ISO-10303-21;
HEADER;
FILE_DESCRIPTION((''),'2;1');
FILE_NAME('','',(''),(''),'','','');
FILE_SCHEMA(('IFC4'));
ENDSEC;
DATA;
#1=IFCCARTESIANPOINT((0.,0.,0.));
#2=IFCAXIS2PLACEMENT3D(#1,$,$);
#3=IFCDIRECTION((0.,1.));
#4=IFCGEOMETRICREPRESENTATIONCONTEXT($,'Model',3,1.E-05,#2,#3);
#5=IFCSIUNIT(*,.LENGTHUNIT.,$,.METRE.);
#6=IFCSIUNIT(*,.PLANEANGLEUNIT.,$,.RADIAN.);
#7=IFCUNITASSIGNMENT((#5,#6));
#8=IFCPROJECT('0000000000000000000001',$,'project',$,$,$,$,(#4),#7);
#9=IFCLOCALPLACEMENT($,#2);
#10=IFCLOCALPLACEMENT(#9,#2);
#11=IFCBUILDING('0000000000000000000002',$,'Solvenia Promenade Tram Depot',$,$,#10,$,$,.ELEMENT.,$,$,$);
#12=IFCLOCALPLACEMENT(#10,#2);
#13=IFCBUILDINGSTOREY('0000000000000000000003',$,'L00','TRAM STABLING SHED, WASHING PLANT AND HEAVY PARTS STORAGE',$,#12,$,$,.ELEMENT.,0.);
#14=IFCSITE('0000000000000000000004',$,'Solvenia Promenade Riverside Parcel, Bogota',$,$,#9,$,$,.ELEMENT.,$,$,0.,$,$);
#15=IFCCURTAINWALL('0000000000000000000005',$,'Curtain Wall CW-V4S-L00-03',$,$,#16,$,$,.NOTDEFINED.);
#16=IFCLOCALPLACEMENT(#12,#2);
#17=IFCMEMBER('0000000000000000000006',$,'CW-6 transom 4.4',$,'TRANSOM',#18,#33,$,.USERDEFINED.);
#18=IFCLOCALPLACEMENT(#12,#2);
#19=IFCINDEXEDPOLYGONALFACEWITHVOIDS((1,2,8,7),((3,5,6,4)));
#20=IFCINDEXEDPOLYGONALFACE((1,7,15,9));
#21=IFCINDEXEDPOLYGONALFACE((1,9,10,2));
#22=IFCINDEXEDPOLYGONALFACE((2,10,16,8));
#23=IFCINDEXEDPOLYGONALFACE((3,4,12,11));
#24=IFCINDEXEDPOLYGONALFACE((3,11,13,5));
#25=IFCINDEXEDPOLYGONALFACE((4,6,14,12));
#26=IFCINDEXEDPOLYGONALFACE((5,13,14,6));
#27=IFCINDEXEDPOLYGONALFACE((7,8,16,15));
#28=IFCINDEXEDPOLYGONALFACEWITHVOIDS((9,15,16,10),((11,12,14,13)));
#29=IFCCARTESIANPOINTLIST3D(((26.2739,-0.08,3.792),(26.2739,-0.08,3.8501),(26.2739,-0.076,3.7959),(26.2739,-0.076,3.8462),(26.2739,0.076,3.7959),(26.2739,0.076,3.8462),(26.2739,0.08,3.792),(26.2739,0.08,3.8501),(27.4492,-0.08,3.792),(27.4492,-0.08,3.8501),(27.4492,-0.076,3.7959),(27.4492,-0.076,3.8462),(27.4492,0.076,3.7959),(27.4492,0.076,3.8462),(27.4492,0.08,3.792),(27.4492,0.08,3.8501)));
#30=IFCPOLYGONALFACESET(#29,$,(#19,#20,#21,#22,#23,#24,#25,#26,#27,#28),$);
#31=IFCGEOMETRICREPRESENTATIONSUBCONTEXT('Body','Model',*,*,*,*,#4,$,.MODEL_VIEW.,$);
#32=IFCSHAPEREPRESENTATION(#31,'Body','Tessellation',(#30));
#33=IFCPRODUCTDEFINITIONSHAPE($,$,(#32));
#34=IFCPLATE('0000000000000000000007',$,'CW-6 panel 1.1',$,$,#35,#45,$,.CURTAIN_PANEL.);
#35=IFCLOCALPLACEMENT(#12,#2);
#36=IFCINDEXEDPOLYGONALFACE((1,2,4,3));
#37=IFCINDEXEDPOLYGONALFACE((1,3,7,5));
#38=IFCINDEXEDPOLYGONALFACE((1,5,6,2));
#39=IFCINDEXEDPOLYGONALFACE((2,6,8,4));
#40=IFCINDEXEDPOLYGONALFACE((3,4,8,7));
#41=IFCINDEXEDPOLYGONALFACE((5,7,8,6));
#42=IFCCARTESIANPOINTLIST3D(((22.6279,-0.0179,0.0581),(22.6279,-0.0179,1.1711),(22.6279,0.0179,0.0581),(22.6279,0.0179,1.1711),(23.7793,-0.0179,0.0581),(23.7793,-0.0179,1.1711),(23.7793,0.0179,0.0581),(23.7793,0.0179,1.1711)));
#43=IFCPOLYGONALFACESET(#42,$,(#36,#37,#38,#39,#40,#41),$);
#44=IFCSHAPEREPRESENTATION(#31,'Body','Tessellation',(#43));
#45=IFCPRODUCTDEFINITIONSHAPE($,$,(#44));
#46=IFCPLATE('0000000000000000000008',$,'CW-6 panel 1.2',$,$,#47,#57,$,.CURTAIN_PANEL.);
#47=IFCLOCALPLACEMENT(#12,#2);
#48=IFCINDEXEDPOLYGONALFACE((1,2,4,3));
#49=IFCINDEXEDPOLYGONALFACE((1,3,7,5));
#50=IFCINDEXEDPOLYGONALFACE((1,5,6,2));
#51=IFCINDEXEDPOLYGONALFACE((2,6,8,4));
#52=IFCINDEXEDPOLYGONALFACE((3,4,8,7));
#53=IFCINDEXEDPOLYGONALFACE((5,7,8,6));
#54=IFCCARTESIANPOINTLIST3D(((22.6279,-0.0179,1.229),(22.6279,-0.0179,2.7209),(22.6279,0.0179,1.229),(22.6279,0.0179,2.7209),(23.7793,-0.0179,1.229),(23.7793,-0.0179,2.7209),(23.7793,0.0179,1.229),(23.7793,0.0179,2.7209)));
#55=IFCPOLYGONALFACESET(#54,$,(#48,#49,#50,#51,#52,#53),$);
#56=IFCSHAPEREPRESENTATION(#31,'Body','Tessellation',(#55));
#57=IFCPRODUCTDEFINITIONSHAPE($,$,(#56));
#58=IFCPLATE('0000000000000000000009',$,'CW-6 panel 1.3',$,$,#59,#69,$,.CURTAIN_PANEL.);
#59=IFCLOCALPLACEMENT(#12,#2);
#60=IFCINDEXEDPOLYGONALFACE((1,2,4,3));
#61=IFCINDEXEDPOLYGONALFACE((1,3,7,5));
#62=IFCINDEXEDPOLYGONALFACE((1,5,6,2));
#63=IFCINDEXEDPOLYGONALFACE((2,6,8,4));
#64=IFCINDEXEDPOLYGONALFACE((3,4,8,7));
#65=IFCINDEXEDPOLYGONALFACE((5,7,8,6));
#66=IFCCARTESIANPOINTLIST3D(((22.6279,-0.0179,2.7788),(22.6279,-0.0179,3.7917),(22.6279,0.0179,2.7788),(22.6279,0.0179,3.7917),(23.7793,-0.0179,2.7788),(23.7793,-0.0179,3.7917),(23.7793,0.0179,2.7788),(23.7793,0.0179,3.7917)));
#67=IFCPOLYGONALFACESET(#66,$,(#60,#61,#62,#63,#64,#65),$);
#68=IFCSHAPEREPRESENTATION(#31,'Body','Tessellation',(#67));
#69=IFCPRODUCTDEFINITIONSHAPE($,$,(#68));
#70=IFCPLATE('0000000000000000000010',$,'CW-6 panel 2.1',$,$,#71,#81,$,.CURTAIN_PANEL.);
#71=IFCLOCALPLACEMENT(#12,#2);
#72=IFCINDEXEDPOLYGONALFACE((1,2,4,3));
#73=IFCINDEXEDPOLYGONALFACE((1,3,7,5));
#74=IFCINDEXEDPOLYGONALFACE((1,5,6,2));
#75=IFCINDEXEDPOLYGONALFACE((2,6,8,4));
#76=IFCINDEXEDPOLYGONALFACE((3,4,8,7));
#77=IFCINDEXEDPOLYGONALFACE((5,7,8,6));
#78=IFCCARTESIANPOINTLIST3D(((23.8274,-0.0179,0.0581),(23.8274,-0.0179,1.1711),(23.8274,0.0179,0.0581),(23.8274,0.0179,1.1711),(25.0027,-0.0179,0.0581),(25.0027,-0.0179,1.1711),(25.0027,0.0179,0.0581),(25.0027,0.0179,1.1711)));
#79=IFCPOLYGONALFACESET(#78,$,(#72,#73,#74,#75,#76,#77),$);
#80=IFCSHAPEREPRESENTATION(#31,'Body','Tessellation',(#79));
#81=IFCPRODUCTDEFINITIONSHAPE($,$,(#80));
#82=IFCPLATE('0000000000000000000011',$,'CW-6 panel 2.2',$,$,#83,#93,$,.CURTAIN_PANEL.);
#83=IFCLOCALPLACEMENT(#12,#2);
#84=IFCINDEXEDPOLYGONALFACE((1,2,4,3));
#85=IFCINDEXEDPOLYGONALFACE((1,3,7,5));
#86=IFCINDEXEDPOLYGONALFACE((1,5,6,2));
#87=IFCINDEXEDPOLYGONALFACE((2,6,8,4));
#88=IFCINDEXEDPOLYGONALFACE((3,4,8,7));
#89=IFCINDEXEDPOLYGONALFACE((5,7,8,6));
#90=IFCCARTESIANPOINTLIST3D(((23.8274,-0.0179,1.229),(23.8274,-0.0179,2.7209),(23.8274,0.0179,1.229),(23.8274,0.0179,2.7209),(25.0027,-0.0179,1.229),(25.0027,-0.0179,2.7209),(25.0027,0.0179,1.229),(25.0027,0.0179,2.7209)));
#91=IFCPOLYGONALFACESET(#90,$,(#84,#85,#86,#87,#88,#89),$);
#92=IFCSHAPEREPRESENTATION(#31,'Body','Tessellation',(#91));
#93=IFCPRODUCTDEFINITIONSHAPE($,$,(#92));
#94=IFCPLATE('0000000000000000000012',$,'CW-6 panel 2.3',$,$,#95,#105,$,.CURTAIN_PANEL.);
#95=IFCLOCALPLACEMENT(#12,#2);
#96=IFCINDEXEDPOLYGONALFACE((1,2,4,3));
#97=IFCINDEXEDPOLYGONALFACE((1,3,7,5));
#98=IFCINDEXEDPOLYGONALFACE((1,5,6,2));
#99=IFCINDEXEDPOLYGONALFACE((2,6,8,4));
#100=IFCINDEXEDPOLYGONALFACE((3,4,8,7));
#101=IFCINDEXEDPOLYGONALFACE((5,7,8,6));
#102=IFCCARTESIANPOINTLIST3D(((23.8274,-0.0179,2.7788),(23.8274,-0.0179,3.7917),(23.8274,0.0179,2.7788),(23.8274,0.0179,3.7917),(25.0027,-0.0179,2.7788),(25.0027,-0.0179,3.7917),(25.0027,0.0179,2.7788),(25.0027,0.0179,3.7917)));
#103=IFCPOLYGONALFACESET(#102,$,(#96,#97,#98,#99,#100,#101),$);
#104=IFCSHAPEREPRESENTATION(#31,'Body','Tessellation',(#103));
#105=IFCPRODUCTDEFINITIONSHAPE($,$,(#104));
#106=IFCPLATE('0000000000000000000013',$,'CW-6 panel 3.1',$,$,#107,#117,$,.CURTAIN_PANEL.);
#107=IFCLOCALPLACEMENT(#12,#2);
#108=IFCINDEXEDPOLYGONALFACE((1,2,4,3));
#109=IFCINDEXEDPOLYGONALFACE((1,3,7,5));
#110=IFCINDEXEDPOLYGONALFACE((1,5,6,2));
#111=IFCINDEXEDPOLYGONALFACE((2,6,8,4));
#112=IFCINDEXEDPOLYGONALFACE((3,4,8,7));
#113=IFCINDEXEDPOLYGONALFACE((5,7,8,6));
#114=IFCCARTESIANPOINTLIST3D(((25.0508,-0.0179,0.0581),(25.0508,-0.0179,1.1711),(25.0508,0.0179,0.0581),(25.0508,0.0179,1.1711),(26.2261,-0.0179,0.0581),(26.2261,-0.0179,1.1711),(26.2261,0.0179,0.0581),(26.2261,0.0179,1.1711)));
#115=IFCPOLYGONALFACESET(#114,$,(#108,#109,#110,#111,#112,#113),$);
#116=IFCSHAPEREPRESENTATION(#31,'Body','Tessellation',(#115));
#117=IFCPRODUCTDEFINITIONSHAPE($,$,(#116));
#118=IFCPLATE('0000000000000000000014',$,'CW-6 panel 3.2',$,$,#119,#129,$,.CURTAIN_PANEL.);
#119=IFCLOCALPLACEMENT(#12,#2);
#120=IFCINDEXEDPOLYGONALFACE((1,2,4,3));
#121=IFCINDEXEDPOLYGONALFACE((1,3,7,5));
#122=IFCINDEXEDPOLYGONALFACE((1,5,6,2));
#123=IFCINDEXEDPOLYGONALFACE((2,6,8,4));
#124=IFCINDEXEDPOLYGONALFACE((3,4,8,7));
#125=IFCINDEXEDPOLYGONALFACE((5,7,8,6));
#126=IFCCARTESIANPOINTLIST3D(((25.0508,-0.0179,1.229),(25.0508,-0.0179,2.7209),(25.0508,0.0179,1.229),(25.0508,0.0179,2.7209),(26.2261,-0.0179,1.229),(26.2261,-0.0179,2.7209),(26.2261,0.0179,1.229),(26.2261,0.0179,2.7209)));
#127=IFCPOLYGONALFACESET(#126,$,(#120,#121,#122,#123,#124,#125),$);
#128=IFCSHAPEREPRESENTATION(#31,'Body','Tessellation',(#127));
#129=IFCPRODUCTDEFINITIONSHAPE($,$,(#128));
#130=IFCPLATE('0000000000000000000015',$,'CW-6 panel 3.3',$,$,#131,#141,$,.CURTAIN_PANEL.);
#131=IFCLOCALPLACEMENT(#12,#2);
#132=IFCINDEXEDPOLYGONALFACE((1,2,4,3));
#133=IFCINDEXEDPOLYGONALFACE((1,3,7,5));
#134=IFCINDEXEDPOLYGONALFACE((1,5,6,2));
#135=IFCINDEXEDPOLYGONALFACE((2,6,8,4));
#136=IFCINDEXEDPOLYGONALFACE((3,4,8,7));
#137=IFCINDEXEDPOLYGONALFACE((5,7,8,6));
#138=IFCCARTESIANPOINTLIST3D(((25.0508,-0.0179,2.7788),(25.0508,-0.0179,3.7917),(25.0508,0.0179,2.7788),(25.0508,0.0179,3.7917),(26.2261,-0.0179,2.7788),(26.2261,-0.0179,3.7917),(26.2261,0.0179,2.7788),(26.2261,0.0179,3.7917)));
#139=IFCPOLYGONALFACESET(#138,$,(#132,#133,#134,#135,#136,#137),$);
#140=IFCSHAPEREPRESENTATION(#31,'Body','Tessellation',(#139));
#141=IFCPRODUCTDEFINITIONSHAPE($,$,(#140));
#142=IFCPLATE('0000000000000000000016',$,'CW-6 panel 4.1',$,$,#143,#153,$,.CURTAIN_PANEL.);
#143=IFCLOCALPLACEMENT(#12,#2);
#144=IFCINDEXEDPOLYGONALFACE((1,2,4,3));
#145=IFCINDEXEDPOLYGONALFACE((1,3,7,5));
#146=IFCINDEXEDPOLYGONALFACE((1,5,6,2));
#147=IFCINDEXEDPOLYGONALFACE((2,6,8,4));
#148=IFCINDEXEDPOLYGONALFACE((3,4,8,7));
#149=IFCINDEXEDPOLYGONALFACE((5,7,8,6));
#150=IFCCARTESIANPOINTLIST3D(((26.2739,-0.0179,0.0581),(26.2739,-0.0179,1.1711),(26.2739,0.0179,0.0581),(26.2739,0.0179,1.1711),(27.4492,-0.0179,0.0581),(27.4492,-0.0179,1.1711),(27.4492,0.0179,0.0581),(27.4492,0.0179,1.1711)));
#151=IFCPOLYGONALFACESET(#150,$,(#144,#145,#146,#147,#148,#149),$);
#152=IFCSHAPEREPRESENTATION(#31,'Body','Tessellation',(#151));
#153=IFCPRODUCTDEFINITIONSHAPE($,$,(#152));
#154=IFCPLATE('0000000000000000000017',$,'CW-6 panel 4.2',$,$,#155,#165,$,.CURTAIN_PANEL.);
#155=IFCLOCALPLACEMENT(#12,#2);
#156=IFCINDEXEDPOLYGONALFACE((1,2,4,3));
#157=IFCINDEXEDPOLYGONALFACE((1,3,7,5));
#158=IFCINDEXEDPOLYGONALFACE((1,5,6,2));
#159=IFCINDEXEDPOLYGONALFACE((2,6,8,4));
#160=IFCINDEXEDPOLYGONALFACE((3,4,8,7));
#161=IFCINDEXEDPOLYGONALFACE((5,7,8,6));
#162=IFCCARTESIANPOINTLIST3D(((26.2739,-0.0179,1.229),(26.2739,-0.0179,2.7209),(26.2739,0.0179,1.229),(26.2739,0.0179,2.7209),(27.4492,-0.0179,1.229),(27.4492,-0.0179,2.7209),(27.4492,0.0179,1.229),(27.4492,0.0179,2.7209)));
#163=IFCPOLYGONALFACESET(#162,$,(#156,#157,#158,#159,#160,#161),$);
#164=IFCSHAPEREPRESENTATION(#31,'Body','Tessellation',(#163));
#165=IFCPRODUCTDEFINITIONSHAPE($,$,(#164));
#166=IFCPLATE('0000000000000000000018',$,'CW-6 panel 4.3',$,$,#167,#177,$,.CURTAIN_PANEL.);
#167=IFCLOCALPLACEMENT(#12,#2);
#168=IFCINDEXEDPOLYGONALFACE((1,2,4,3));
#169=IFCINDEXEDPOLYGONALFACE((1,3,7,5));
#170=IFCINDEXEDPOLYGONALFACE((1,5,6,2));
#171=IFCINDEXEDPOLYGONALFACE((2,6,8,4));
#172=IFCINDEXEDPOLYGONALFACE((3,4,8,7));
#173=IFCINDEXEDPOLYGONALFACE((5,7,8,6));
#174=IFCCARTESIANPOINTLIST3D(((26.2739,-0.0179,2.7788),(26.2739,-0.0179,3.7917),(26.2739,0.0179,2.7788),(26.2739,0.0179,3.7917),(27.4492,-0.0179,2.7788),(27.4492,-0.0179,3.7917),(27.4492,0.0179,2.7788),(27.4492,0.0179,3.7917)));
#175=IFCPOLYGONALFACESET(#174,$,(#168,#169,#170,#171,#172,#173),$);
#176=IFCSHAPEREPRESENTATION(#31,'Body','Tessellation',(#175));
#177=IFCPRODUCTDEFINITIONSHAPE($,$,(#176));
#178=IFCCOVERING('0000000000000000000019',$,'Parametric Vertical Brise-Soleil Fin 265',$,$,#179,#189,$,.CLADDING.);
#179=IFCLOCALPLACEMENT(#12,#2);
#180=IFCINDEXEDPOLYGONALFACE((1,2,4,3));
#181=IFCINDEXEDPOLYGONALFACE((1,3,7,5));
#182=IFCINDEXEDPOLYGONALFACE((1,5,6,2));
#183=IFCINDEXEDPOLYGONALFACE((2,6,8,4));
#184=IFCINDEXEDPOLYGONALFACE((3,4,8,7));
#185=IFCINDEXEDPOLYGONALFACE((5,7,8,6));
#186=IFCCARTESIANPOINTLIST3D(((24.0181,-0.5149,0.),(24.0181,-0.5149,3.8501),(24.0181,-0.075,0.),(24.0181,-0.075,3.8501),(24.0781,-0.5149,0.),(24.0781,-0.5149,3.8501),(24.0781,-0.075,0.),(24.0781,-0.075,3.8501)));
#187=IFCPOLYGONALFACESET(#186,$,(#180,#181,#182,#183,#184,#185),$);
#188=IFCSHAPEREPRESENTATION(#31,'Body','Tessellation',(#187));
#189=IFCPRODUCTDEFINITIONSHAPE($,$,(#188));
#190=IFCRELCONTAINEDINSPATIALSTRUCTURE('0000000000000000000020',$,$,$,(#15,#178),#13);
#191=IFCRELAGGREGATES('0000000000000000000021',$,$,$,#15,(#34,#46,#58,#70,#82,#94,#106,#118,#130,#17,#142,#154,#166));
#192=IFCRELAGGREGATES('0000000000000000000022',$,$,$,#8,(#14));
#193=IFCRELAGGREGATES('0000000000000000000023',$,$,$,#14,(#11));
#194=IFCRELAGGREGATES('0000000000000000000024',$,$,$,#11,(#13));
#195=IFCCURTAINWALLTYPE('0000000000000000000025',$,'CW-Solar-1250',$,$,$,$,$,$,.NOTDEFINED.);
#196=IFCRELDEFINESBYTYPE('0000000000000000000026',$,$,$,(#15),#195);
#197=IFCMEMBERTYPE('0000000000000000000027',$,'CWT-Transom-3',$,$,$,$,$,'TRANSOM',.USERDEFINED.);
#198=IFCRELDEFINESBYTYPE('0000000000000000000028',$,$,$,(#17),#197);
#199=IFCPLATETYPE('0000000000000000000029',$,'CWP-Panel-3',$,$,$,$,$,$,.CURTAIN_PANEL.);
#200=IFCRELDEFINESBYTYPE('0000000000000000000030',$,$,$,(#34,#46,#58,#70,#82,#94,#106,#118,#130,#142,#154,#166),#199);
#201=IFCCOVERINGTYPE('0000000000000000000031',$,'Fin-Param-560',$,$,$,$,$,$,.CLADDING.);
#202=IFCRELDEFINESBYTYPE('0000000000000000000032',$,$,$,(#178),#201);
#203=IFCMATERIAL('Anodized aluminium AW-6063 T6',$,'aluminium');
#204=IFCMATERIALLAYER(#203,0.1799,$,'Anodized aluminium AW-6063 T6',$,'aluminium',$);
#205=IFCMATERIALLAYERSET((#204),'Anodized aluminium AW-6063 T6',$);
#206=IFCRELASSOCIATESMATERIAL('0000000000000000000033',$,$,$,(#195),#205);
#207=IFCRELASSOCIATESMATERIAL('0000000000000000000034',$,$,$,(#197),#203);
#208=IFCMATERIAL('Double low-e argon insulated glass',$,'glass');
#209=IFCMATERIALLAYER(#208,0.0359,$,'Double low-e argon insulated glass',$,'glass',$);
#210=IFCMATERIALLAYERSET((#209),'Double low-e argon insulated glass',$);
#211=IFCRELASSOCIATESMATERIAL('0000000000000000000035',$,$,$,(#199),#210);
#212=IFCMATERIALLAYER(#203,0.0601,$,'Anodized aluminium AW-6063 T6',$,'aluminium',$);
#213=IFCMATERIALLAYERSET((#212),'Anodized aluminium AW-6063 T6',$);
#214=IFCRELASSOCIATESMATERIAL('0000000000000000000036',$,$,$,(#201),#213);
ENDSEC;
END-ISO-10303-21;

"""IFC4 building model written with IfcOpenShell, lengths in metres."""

from ifc_helpers import new_model, si_unit, direction, frame, origin, origin_2d, place, context, subcontext, project, spatial, rectangle, hollow_rectangle, extrude, material, layer, layer_set, material_profile, profile_set, type_object, element, aggregate, save


model = new_model("IFC4")

# Units and contexts
model_context = context("Model", 3, precision=1e-05, world=origin(), true_north=direction((0.0, 1.0)))
body_context = subcontext(model_context, "Body", "Model", "MODEL_VIEW")
ifc_project = project(units=[si_unit("LENGTHUNIT", "METRE"), si_unit("PLANEANGLEUNIT", "RADIAN")], contexts=[model_context])

# Site, building, storey
site_placement = place(None, origin())
site = spatial("IfcSite", under=ifc_project, at=site_placement, Name="Solvenia Promenade Riverside Parcel, Bogota", CompositionType="ELEMENT", RefElevation=0.0)
building_placement = place(site_placement, origin())
building = spatial("IfcBuilding", under=site, at=building_placement, Name="Solvenia Promenade Tram Depot", CompositionType="ELEMENT")
storey_placement = place(building_placement, origin())
storey = spatial("IfcBuildingStorey", under=building, at=storey_placement, Name="L00", Description="TRAM STABLING SHED, WASHING PLANT AND HEAVY PARTS STORAGE", CompositionType="ELEMENT", Elevation=0.0)

# Curtain wall, member, plates
ifc_material_1 = material(Name="Anodized aluminium AW-6063 T6", Category="aluminium")
ifc_layer_1 = layer(ifc_material_1, 0.1799, Name="Anodized aluminium AW-6063 T6", Category="aluminium")
ifc_layer_set_1 = layer_set([ifc_layer_1], Name="Anodized aluminium AW-6063 T6")
curtain_wall_type = type_object("IfcCurtainWallType", Name="CW-Solar-1250", PredefinedType="NOTDEFINED", material=ifc_layer_set_1)
curtain_wall_placement = place(storey_placement, origin())
curtain_wall = element("IfcCurtainWall", 1, at=curtain_wall_placement, inside=storey, type_object=curtain_wall_type, Name="Curtain Wall CW-V4S-L00-03", PredefinedType="NOTDEFINED")
ifc_material_profile_1 = material_profile(ifc_material_1, hollow_rectangle(XDim=0.1599, YDim=0.0581, WallThickness=0.0039, at=origin_2d()), Name="ALU-T3", Category="aluminium")
ifc_profile_set_1 = profile_set([ifc_material_profile_1], Name="Anodized aluminium AW-6063 T6")
member_type_1 = type_object("IfcMemberType", Name="CWT-Transom-3", ElementType="TRANSOM", PredefinedType="USERDEFINED", material=ifc_profile_set_1)
member_1_placement = place(storey_placement, frame((26.2739, 0.0, 3.821), z_axis=(1.0, 0.0, 0.0), x_axis=(0.0, 1.0, 0.0)))
member_1 = element("IfcMember", 2, at=member_1_placement, type_object=member_type_1, Name="CW-6 transom 4.4", ObjectType="TRANSOM", PredefinedType="USERDEFINED", context=body_context, shape_type="SweptSolid", body=[
    extrude(hollow_rectangle(XDim=0.1599, YDim=0.0581, WallThickness=0.0039, at=origin_2d()), origin(), (0.0, 0.0, 1.0), 1.1753),
])
ifc_material_2 = material(Name="Double low-e argon insulated glass", Category="glass")
ifc_layer_2 = layer(ifc_material_2, 0.0359, Name="Double low-e argon insulated glass", Category="glass")
ifc_layer_set_2 = layer_set([ifc_layer_2], Name="Double low-e argon insulated glass")
plate_type = type_object("IfcPlateType", Name="CWP-Panel-3", PredefinedType="CURTAIN_PANEL", material=ifc_layer_set_2)
plate_1_placement = place(storey_placement, frame((23.2036, 0.0, 0.0581), z_axis=(0.0, 0.0, 1.0), x_axis=(1.0, 0.0, 0.0)))
plate_1 = element("IfcPlate", 3, at=plate_1_placement, type_object=plate_type, Name="CW-6 panel 1.1", PredefinedType="CURTAIN_PANEL", context=body_context, shape_type="SweptSolid", body=[
    extrude(rectangle(XDim=1.1514, YDim=0.0359, at=origin_2d()), origin(), (0.0, 0.0, 1.0), 1.113),
])
plate_2_placement = place(storey_placement, frame((23.2036, 0.0, 1.229), z_axis=(0.0, 0.0, 1.0), x_axis=(1.0, 0.0, 0.0)))
plate_2 = element("IfcPlate", 4, at=plate_2_placement, type_object=plate_type, Name="CW-6 panel 1.2", PredefinedType="CURTAIN_PANEL", context=body_context, shape_type="SweptSolid", body=[
    extrude(rectangle(XDim=1.1514, YDim=0.0359, at=origin_2d()), origin(), (0.0, 0.0, 1.0), 1.4919),
])
plate_3_placement = place(storey_placement, frame((23.2036, 0.0, 2.7788), z_axis=(0.0, 0.0, 1.0), x_axis=(1.0, 0.0, 0.0)))
plate_3 = element("IfcPlate", 5, at=plate_3_placement, type_object=plate_type, Name="CW-6 panel 1.3", PredefinedType="CURTAIN_PANEL", context=body_context, shape_type="SweptSolid", body=[
    extrude(rectangle(XDim=1.1514, YDim=0.0359, at=origin_2d()), origin(), (0.0, 0.0, 1.0), 1.0129),
])
plate_4_placement = place(storey_placement, frame((24.415, 0.0, 0.0581), z_axis=(0.0, 0.0, 1.0), x_axis=(1.0, 0.0, 0.0)))
plate_4 = element("IfcPlate", 6, at=plate_4_placement, type_object=plate_type, Name="CW-6 panel 2.1", PredefinedType="CURTAIN_PANEL", context=body_context, shape_type="SweptSolid", body=[
    extrude(rectangle(XDim=1.1753, YDim=0.0359, at=origin_2d()), origin(), (0.0, 0.0, 1.0), 1.113),
])
plate_5_placement = place(storey_placement, frame((24.415, 0.0, 1.229), z_axis=(0.0, 0.0, 1.0), x_axis=(1.0, 0.0, 0.0)))
plate_5 = element("IfcPlate", 7, at=plate_5_placement, type_object=plate_type, Name="CW-6 panel 2.2", PredefinedType="CURTAIN_PANEL", context=body_context, shape_type="SweptSolid", body=[
    extrude(rectangle(XDim=1.1753, YDim=0.0359, at=origin_2d()), origin(), (0.0, 0.0, 1.0), 1.4919),
])
plate_6_placement = place(storey_placement, frame((24.415, 0.0, 2.7788), z_axis=(0.0, 0.0, 1.0), x_axis=(1.0, 0.0, 0.0)))
plate_6 = element("IfcPlate", 8, at=plate_6_placement, type_object=plate_type, Name="CW-6 panel 2.3", PredefinedType="CURTAIN_PANEL", context=body_context, shape_type="SweptSolid", body=[
    extrude(rectangle(XDim=1.1753, YDim=0.0359, at=origin_2d()), origin(), (0.0, 0.0, 1.0), 1.0129),
])
plate_7_placement = place(storey_placement, frame((25.6384, 0.0, 0.0581), z_axis=(0.0, 0.0, 1.0), x_axis=(1.0, 0.0, 0.0)))
plate_7 = element("IfcPlate", 9, at=plate_7_placement, type_object=plate_type, Name="CW-6 panel 3.1", PredefinedType="CURTAIN_PANEL", context=body_context, shape_type="SweptSolid", body=[
    extrude(rectangle(XDim=1.1753, YDim=0.0359, at=origin_2d()), origin(), (0.0, 0.0, 1.0), 1.113),
])
plate_8_placement = place(storey_placement, frame((25.6384, 0.0, 1.229), z_axis=(0.0, 0.0, 1.0), x_axis=(1.0, 0.0, 0.0)))
plate_8 = element("IfcPlate", 10, at=plate_8_placement, type_object=plate_type, Name="CW-6 panel 3.2", PredefinedType="CURTAIN_PANEL", context=body_context, shape_type="SweptSolid", body=[
    extrude(rectangle(XDim=1.1753, YDim=0.0359, at=origin_2d()), origin(), (0.0, 0.0, 1.0), 1.4919),
])
plate_9_placement = place(storey_placement, frame((25.6384, 0.0, 2.7788), z_axis=(0.0, 0.0, 1.0), x_axis=(1.0, 0.0, 0.0)))
plate_9 = element("IfcPlate", 11, at=plate_9_placement, type_object=plate_type, Name="CW-6 panel 3.3", PredefinedType="CURTAIN_PANEL", context=body_context, shape_type="SweptSolid", body=[
    extrude(rectangle(XDim=1.1753, YDim=0.0359, at=origin_2d()), origin(), (0.0, 0.0, 1.0), 1.0129),
])
plate_10_placement = place(storey_placement, frame((26.8616, 0.0, 0.0581), z_axis=(0.0, 0.0, 1.0), x_axis=(1.0, 0.0, 0.0)))
plate_10 = element("IfcPlate", 12, at=plate_10_placement, type_object=plate_type, Name="CW-6 panel 4.1", PredefinedType="CURTAIN_PANEL", context=body_context, shape_type="SweptSolid", body=[
    extrude(rectangle(XDim=1.1753, YDim=0.0359, at=origin_2d()), origin(), (0.0, 0.0, 1.0), 1.113),
])
plate_11_placement = place(storey_placement, frame((26.8616, 0.0, 1.229), z_axis=(0.0, 0.0, 1.0), x_axis=(1.0, 0.0, 0.0)))
plate_11 = element("IfcPlate", 13, at=plate_11_placement, type_object=plate_type, Name="CW-6 panel 4.2", PredefinedType="CURTAIN_PANEL", context=body_context, shape_type="SweptSolid", body=[
    extrude(rectangle(XDim=1.1753, YDim=0.0359, at=origin_2d()), origin(), (0.0, 0.0, 1.0), 1.4919),
])
plate_12_placement = place(storey_placement, frame((26.8616, 0.0, 2.7788), z_axis=(0.0, 0.0, 1.0), x_axis=(1.0, 0.0, 0.0)))
plate_12 = element("IfcPlate", 14, at=plate_12_placement, type_object=plate_type, Name="CW-6 panel 4.3", PredefinedType="CURTAIN_PANEL", context=body_context, shape_type="SweptSolid", body=[
    extrude(rectangle(XDim=1.1753, YDim=0.0359, at=origin_2d()), origin(), (0.0, 0.0, 1.0), 1.0129),
])
aggregate(curtain_wall, [plate_1, plate_2, plate_3, plate_4, plate_5, plate_6, plate_7, plate_8, plate_9, member_1, plate_10, plate_11, plate_12])

# Covering
ifc_layer_3 = layer(ifc_material_1, 0.0601, Name="Anodized aluminium AW-6063 T6", Category="aluminium")
ifc_layer_set_3 = layer_set([ifc_layer_3], Name="Anodized aluminium AW-6063 T6")
covering_type = type_object("IfcCoveringType", Name="Fin-Param-560", PredefinedType="CLADDING", material=ifc_layer_set_3)
covering_1_placement = place(storey_placement, frame((24.0481, -0.2949, 0.0), z_axis=(0.0, 0.0, 1.0), x_axis=(1.0, 0.0, 0.0)))
element("IfcCovering", 15, at=covering_1_placement, inside=storey, type_object=covering_type, Name="Parametric Vertical Brise-Soleil Fin 265", PredefinedType="CLADDING", context=body_context, shape_type="SweptSolid", body=[
    extrude(rectangle(XDim=0.0601, YDim=0.4399, at=origin_2d()), origin(), (0.0, 0.0, 1.0), 3.8501),
])

save(model, "model.ifc")
